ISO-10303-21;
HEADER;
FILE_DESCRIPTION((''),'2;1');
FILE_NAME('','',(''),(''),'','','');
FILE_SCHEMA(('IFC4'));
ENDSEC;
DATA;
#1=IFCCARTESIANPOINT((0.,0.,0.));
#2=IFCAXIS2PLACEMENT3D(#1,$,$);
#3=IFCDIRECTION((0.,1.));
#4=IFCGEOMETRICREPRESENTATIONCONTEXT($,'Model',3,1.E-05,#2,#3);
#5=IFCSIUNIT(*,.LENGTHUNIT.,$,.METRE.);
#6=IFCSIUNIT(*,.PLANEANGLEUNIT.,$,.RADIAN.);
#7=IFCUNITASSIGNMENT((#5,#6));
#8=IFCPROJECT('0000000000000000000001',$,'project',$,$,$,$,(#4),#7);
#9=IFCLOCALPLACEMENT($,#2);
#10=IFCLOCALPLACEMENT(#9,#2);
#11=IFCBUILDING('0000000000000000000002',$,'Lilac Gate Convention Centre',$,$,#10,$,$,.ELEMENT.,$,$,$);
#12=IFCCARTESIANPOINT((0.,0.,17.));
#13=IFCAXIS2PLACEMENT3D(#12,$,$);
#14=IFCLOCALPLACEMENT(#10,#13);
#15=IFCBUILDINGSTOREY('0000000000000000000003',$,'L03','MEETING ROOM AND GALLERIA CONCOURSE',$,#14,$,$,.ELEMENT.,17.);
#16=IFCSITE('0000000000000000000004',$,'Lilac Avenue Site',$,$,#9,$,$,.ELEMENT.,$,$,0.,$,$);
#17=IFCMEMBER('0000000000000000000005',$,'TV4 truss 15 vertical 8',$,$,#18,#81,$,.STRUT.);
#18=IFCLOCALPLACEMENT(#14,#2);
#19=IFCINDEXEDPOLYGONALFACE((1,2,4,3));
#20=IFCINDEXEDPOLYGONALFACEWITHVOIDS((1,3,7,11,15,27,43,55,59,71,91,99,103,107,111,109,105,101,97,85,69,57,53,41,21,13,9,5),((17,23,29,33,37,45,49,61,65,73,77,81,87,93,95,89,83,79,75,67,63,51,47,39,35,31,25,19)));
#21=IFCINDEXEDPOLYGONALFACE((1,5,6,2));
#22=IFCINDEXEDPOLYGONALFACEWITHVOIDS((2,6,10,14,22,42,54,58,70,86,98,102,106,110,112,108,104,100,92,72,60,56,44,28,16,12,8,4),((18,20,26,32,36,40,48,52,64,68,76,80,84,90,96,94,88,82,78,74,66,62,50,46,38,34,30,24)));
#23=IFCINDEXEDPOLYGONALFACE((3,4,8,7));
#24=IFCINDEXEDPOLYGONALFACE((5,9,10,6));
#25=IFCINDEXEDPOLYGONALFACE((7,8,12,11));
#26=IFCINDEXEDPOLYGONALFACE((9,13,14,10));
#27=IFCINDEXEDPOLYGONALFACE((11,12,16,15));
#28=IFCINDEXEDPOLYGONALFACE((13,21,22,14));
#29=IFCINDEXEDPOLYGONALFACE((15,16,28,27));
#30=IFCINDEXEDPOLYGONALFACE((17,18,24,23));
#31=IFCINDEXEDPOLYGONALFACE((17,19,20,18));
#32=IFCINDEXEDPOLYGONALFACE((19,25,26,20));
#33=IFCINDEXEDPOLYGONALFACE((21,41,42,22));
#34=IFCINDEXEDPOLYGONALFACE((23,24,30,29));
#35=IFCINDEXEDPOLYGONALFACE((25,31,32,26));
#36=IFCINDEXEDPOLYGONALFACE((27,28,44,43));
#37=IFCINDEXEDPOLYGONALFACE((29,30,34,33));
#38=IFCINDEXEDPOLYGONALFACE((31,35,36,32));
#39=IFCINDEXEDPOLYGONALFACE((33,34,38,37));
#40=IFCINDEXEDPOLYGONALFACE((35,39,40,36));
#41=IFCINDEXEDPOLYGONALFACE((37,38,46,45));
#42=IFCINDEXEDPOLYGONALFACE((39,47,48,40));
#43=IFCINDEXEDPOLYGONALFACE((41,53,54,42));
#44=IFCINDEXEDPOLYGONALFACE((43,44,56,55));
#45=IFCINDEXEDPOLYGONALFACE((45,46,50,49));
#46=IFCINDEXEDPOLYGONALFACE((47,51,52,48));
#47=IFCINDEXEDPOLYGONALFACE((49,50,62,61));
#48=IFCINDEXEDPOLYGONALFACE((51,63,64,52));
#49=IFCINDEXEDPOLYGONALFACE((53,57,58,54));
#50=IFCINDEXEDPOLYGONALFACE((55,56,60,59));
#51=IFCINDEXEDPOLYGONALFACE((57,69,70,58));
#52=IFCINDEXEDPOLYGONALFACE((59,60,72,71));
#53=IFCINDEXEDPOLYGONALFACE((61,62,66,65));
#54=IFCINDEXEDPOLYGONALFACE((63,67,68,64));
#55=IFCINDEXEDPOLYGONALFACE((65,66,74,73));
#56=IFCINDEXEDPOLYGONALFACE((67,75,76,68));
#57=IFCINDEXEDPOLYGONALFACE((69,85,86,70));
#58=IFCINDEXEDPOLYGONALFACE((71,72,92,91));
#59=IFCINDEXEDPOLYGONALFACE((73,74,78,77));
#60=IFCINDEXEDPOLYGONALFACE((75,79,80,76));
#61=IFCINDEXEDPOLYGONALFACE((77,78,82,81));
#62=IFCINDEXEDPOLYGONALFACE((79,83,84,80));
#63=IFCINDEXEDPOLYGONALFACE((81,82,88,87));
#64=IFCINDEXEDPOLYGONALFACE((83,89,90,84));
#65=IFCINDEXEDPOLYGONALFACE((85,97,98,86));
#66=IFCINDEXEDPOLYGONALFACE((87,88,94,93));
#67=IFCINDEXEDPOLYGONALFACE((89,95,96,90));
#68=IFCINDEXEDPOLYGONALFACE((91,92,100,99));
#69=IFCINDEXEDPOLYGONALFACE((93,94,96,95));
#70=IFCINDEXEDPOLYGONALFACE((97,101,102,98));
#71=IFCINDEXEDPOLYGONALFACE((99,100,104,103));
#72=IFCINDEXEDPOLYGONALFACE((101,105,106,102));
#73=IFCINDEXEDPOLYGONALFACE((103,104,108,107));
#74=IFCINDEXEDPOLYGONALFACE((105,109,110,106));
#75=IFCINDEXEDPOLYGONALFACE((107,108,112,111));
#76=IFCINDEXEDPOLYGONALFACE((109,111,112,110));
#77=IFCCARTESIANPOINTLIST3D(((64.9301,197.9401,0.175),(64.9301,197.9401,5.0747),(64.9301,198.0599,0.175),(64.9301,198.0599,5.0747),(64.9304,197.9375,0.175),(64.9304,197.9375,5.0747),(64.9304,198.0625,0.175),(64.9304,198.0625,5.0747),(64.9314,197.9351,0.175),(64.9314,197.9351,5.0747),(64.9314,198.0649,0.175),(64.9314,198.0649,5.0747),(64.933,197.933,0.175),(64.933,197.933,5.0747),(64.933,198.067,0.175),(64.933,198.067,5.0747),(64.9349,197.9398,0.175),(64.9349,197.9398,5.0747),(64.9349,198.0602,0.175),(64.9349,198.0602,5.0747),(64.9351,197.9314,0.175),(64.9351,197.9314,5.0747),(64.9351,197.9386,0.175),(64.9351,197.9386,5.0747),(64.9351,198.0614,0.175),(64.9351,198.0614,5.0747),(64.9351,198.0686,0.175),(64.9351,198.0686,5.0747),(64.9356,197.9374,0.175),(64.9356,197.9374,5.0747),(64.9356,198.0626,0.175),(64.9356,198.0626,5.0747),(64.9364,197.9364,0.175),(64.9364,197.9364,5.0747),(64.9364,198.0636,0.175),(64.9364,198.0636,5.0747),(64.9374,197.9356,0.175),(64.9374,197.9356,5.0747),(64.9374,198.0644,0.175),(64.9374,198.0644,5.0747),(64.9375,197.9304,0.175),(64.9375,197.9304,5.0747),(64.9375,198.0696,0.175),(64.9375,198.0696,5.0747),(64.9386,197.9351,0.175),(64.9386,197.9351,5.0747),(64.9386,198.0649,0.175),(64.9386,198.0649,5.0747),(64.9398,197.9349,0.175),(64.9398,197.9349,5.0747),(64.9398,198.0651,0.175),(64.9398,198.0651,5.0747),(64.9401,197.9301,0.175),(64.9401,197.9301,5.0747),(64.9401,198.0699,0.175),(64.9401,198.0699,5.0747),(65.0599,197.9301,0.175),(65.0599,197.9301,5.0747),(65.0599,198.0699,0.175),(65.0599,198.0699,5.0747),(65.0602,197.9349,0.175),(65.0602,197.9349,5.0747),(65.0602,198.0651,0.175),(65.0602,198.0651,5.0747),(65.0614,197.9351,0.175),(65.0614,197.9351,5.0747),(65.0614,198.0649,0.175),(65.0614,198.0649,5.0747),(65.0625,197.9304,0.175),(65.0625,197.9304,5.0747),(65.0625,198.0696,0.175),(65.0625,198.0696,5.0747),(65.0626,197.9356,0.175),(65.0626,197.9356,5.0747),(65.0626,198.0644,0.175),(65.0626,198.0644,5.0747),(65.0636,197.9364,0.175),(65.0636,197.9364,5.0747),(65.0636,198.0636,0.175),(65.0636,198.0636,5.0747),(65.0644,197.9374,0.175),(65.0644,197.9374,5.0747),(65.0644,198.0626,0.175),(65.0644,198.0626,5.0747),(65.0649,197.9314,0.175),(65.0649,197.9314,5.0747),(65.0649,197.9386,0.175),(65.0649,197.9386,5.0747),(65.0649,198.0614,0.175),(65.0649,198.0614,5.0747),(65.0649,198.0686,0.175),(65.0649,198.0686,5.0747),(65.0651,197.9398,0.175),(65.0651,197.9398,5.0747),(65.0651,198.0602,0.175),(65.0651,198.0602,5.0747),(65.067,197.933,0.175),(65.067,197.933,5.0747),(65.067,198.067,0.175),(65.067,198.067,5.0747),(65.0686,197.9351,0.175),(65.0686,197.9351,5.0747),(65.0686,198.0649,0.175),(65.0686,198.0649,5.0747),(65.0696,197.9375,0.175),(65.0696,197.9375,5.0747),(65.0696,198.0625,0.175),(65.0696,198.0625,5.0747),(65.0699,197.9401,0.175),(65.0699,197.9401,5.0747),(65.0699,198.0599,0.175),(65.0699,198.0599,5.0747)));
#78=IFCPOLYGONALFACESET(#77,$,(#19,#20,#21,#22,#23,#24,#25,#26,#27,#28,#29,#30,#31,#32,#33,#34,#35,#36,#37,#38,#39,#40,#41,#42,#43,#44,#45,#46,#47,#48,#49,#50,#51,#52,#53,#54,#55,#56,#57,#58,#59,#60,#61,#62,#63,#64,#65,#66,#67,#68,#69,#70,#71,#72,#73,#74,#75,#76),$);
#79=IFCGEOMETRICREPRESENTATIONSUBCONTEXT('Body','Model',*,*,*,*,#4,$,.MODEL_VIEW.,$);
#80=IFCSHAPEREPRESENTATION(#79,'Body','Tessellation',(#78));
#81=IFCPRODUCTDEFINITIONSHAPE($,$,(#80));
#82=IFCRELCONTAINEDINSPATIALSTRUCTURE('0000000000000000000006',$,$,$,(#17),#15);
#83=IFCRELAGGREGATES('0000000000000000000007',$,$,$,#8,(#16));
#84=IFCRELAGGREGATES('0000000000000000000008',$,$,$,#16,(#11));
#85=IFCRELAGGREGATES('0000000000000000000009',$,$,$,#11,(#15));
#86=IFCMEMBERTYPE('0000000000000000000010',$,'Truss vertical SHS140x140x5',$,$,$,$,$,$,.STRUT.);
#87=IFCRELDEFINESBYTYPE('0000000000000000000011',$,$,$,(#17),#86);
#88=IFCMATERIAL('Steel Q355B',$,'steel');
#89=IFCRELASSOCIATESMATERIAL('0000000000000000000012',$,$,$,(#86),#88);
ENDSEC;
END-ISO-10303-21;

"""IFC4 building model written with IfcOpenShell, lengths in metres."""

from ifc_helpers import new_model, si_unit, direction, frame, origin, origin_2d, place, context, subcontext, project, spatial, hollow_rectangle, extrude, material, material_profile, profile_set, type_object, element, save


model = new_model("IFC4")

# Units and contexts
model_context = context("Model", 3, precision=1e-05, world=origin(), true_north=direction((0.0, 1.0)))
body_context = subcontext(model_context, "Body", "Model", "MODEL_VIEW")
ifc_project = project(units=[si_unit("LENGTHUNIT", "METRE"), si_unit("PLANEANGLEUNIT", "RADIAN")], contexts=[model_context])

# Site, building, storey
site_placement = place(None, origin())
site = spatial("IfcSite", under=ifc_project, at=site_placement, Name="Lilac Avenue Site", CompositionType="ELEMENT", RefElevation=0.0)
building_placement = place(site_placement, origin())
building = spatial("IfcBuilding", under=site, at=building_placement, Name="Lilac Gate Convention Centre", CompositionType="ELEMENT")
storey_placement = place(building_placement, frame((0.0, 0.0, 17.0)))
storey = spatial("IfcBuildingStorey", under=building, at=storey_placement, Name="L03", Description="MEETING ROOM AND GALLERIA CONCOURSE", CompositionType="ELEMENT", Elevation=17.0)

# Member
ifc_material = material(Name="Steel Q355B", Category="steel")
ifc_material_profile_1 = material_profile(ifc_material, hollow_rectangle(XDim=0.1399, YDim=0.1399, WallThickness=0.0049, InnerFilletRadius=0.0049, OuterFilletRadius=0.01, at=origin_2d()), Name="SHS140x140x5")
ifc_profile_set_1 = profile_set([ifc_material_profile_1], Name="Steel Q355B")
member_type_1 = type_object("IfcMemberType", Name="Truss vertical SHS140x140x5", PredefinedType="STRUT", material=ifc_profile_set_1)
member_1_placement = place(storey_placement, frame((65.0, 198.0, 0.175), z_axis=(0.0, 0.0, 1.0), x_axis=(1.0, 0.0, 0.0)))
element("IfcMember", 1, at=member_1_placement, inside=storey, type_object=member_type_1, Name="TV4 truss 15 vertical 8", PredefinedType="STRUT", context=body_context, shape_type="SweptSolid", body=[
    extrude(hollow_rectangle(XDim=0.1399, YDim=0.1399, WallThickness=0.0049, InnerFilletRadius=0.0049, OuterFilletRadius=0.01, at=origin_2d()), origin(), (0.0, 0.0, 1.0), 4.8997),
])

save(model, "model.ifc")
